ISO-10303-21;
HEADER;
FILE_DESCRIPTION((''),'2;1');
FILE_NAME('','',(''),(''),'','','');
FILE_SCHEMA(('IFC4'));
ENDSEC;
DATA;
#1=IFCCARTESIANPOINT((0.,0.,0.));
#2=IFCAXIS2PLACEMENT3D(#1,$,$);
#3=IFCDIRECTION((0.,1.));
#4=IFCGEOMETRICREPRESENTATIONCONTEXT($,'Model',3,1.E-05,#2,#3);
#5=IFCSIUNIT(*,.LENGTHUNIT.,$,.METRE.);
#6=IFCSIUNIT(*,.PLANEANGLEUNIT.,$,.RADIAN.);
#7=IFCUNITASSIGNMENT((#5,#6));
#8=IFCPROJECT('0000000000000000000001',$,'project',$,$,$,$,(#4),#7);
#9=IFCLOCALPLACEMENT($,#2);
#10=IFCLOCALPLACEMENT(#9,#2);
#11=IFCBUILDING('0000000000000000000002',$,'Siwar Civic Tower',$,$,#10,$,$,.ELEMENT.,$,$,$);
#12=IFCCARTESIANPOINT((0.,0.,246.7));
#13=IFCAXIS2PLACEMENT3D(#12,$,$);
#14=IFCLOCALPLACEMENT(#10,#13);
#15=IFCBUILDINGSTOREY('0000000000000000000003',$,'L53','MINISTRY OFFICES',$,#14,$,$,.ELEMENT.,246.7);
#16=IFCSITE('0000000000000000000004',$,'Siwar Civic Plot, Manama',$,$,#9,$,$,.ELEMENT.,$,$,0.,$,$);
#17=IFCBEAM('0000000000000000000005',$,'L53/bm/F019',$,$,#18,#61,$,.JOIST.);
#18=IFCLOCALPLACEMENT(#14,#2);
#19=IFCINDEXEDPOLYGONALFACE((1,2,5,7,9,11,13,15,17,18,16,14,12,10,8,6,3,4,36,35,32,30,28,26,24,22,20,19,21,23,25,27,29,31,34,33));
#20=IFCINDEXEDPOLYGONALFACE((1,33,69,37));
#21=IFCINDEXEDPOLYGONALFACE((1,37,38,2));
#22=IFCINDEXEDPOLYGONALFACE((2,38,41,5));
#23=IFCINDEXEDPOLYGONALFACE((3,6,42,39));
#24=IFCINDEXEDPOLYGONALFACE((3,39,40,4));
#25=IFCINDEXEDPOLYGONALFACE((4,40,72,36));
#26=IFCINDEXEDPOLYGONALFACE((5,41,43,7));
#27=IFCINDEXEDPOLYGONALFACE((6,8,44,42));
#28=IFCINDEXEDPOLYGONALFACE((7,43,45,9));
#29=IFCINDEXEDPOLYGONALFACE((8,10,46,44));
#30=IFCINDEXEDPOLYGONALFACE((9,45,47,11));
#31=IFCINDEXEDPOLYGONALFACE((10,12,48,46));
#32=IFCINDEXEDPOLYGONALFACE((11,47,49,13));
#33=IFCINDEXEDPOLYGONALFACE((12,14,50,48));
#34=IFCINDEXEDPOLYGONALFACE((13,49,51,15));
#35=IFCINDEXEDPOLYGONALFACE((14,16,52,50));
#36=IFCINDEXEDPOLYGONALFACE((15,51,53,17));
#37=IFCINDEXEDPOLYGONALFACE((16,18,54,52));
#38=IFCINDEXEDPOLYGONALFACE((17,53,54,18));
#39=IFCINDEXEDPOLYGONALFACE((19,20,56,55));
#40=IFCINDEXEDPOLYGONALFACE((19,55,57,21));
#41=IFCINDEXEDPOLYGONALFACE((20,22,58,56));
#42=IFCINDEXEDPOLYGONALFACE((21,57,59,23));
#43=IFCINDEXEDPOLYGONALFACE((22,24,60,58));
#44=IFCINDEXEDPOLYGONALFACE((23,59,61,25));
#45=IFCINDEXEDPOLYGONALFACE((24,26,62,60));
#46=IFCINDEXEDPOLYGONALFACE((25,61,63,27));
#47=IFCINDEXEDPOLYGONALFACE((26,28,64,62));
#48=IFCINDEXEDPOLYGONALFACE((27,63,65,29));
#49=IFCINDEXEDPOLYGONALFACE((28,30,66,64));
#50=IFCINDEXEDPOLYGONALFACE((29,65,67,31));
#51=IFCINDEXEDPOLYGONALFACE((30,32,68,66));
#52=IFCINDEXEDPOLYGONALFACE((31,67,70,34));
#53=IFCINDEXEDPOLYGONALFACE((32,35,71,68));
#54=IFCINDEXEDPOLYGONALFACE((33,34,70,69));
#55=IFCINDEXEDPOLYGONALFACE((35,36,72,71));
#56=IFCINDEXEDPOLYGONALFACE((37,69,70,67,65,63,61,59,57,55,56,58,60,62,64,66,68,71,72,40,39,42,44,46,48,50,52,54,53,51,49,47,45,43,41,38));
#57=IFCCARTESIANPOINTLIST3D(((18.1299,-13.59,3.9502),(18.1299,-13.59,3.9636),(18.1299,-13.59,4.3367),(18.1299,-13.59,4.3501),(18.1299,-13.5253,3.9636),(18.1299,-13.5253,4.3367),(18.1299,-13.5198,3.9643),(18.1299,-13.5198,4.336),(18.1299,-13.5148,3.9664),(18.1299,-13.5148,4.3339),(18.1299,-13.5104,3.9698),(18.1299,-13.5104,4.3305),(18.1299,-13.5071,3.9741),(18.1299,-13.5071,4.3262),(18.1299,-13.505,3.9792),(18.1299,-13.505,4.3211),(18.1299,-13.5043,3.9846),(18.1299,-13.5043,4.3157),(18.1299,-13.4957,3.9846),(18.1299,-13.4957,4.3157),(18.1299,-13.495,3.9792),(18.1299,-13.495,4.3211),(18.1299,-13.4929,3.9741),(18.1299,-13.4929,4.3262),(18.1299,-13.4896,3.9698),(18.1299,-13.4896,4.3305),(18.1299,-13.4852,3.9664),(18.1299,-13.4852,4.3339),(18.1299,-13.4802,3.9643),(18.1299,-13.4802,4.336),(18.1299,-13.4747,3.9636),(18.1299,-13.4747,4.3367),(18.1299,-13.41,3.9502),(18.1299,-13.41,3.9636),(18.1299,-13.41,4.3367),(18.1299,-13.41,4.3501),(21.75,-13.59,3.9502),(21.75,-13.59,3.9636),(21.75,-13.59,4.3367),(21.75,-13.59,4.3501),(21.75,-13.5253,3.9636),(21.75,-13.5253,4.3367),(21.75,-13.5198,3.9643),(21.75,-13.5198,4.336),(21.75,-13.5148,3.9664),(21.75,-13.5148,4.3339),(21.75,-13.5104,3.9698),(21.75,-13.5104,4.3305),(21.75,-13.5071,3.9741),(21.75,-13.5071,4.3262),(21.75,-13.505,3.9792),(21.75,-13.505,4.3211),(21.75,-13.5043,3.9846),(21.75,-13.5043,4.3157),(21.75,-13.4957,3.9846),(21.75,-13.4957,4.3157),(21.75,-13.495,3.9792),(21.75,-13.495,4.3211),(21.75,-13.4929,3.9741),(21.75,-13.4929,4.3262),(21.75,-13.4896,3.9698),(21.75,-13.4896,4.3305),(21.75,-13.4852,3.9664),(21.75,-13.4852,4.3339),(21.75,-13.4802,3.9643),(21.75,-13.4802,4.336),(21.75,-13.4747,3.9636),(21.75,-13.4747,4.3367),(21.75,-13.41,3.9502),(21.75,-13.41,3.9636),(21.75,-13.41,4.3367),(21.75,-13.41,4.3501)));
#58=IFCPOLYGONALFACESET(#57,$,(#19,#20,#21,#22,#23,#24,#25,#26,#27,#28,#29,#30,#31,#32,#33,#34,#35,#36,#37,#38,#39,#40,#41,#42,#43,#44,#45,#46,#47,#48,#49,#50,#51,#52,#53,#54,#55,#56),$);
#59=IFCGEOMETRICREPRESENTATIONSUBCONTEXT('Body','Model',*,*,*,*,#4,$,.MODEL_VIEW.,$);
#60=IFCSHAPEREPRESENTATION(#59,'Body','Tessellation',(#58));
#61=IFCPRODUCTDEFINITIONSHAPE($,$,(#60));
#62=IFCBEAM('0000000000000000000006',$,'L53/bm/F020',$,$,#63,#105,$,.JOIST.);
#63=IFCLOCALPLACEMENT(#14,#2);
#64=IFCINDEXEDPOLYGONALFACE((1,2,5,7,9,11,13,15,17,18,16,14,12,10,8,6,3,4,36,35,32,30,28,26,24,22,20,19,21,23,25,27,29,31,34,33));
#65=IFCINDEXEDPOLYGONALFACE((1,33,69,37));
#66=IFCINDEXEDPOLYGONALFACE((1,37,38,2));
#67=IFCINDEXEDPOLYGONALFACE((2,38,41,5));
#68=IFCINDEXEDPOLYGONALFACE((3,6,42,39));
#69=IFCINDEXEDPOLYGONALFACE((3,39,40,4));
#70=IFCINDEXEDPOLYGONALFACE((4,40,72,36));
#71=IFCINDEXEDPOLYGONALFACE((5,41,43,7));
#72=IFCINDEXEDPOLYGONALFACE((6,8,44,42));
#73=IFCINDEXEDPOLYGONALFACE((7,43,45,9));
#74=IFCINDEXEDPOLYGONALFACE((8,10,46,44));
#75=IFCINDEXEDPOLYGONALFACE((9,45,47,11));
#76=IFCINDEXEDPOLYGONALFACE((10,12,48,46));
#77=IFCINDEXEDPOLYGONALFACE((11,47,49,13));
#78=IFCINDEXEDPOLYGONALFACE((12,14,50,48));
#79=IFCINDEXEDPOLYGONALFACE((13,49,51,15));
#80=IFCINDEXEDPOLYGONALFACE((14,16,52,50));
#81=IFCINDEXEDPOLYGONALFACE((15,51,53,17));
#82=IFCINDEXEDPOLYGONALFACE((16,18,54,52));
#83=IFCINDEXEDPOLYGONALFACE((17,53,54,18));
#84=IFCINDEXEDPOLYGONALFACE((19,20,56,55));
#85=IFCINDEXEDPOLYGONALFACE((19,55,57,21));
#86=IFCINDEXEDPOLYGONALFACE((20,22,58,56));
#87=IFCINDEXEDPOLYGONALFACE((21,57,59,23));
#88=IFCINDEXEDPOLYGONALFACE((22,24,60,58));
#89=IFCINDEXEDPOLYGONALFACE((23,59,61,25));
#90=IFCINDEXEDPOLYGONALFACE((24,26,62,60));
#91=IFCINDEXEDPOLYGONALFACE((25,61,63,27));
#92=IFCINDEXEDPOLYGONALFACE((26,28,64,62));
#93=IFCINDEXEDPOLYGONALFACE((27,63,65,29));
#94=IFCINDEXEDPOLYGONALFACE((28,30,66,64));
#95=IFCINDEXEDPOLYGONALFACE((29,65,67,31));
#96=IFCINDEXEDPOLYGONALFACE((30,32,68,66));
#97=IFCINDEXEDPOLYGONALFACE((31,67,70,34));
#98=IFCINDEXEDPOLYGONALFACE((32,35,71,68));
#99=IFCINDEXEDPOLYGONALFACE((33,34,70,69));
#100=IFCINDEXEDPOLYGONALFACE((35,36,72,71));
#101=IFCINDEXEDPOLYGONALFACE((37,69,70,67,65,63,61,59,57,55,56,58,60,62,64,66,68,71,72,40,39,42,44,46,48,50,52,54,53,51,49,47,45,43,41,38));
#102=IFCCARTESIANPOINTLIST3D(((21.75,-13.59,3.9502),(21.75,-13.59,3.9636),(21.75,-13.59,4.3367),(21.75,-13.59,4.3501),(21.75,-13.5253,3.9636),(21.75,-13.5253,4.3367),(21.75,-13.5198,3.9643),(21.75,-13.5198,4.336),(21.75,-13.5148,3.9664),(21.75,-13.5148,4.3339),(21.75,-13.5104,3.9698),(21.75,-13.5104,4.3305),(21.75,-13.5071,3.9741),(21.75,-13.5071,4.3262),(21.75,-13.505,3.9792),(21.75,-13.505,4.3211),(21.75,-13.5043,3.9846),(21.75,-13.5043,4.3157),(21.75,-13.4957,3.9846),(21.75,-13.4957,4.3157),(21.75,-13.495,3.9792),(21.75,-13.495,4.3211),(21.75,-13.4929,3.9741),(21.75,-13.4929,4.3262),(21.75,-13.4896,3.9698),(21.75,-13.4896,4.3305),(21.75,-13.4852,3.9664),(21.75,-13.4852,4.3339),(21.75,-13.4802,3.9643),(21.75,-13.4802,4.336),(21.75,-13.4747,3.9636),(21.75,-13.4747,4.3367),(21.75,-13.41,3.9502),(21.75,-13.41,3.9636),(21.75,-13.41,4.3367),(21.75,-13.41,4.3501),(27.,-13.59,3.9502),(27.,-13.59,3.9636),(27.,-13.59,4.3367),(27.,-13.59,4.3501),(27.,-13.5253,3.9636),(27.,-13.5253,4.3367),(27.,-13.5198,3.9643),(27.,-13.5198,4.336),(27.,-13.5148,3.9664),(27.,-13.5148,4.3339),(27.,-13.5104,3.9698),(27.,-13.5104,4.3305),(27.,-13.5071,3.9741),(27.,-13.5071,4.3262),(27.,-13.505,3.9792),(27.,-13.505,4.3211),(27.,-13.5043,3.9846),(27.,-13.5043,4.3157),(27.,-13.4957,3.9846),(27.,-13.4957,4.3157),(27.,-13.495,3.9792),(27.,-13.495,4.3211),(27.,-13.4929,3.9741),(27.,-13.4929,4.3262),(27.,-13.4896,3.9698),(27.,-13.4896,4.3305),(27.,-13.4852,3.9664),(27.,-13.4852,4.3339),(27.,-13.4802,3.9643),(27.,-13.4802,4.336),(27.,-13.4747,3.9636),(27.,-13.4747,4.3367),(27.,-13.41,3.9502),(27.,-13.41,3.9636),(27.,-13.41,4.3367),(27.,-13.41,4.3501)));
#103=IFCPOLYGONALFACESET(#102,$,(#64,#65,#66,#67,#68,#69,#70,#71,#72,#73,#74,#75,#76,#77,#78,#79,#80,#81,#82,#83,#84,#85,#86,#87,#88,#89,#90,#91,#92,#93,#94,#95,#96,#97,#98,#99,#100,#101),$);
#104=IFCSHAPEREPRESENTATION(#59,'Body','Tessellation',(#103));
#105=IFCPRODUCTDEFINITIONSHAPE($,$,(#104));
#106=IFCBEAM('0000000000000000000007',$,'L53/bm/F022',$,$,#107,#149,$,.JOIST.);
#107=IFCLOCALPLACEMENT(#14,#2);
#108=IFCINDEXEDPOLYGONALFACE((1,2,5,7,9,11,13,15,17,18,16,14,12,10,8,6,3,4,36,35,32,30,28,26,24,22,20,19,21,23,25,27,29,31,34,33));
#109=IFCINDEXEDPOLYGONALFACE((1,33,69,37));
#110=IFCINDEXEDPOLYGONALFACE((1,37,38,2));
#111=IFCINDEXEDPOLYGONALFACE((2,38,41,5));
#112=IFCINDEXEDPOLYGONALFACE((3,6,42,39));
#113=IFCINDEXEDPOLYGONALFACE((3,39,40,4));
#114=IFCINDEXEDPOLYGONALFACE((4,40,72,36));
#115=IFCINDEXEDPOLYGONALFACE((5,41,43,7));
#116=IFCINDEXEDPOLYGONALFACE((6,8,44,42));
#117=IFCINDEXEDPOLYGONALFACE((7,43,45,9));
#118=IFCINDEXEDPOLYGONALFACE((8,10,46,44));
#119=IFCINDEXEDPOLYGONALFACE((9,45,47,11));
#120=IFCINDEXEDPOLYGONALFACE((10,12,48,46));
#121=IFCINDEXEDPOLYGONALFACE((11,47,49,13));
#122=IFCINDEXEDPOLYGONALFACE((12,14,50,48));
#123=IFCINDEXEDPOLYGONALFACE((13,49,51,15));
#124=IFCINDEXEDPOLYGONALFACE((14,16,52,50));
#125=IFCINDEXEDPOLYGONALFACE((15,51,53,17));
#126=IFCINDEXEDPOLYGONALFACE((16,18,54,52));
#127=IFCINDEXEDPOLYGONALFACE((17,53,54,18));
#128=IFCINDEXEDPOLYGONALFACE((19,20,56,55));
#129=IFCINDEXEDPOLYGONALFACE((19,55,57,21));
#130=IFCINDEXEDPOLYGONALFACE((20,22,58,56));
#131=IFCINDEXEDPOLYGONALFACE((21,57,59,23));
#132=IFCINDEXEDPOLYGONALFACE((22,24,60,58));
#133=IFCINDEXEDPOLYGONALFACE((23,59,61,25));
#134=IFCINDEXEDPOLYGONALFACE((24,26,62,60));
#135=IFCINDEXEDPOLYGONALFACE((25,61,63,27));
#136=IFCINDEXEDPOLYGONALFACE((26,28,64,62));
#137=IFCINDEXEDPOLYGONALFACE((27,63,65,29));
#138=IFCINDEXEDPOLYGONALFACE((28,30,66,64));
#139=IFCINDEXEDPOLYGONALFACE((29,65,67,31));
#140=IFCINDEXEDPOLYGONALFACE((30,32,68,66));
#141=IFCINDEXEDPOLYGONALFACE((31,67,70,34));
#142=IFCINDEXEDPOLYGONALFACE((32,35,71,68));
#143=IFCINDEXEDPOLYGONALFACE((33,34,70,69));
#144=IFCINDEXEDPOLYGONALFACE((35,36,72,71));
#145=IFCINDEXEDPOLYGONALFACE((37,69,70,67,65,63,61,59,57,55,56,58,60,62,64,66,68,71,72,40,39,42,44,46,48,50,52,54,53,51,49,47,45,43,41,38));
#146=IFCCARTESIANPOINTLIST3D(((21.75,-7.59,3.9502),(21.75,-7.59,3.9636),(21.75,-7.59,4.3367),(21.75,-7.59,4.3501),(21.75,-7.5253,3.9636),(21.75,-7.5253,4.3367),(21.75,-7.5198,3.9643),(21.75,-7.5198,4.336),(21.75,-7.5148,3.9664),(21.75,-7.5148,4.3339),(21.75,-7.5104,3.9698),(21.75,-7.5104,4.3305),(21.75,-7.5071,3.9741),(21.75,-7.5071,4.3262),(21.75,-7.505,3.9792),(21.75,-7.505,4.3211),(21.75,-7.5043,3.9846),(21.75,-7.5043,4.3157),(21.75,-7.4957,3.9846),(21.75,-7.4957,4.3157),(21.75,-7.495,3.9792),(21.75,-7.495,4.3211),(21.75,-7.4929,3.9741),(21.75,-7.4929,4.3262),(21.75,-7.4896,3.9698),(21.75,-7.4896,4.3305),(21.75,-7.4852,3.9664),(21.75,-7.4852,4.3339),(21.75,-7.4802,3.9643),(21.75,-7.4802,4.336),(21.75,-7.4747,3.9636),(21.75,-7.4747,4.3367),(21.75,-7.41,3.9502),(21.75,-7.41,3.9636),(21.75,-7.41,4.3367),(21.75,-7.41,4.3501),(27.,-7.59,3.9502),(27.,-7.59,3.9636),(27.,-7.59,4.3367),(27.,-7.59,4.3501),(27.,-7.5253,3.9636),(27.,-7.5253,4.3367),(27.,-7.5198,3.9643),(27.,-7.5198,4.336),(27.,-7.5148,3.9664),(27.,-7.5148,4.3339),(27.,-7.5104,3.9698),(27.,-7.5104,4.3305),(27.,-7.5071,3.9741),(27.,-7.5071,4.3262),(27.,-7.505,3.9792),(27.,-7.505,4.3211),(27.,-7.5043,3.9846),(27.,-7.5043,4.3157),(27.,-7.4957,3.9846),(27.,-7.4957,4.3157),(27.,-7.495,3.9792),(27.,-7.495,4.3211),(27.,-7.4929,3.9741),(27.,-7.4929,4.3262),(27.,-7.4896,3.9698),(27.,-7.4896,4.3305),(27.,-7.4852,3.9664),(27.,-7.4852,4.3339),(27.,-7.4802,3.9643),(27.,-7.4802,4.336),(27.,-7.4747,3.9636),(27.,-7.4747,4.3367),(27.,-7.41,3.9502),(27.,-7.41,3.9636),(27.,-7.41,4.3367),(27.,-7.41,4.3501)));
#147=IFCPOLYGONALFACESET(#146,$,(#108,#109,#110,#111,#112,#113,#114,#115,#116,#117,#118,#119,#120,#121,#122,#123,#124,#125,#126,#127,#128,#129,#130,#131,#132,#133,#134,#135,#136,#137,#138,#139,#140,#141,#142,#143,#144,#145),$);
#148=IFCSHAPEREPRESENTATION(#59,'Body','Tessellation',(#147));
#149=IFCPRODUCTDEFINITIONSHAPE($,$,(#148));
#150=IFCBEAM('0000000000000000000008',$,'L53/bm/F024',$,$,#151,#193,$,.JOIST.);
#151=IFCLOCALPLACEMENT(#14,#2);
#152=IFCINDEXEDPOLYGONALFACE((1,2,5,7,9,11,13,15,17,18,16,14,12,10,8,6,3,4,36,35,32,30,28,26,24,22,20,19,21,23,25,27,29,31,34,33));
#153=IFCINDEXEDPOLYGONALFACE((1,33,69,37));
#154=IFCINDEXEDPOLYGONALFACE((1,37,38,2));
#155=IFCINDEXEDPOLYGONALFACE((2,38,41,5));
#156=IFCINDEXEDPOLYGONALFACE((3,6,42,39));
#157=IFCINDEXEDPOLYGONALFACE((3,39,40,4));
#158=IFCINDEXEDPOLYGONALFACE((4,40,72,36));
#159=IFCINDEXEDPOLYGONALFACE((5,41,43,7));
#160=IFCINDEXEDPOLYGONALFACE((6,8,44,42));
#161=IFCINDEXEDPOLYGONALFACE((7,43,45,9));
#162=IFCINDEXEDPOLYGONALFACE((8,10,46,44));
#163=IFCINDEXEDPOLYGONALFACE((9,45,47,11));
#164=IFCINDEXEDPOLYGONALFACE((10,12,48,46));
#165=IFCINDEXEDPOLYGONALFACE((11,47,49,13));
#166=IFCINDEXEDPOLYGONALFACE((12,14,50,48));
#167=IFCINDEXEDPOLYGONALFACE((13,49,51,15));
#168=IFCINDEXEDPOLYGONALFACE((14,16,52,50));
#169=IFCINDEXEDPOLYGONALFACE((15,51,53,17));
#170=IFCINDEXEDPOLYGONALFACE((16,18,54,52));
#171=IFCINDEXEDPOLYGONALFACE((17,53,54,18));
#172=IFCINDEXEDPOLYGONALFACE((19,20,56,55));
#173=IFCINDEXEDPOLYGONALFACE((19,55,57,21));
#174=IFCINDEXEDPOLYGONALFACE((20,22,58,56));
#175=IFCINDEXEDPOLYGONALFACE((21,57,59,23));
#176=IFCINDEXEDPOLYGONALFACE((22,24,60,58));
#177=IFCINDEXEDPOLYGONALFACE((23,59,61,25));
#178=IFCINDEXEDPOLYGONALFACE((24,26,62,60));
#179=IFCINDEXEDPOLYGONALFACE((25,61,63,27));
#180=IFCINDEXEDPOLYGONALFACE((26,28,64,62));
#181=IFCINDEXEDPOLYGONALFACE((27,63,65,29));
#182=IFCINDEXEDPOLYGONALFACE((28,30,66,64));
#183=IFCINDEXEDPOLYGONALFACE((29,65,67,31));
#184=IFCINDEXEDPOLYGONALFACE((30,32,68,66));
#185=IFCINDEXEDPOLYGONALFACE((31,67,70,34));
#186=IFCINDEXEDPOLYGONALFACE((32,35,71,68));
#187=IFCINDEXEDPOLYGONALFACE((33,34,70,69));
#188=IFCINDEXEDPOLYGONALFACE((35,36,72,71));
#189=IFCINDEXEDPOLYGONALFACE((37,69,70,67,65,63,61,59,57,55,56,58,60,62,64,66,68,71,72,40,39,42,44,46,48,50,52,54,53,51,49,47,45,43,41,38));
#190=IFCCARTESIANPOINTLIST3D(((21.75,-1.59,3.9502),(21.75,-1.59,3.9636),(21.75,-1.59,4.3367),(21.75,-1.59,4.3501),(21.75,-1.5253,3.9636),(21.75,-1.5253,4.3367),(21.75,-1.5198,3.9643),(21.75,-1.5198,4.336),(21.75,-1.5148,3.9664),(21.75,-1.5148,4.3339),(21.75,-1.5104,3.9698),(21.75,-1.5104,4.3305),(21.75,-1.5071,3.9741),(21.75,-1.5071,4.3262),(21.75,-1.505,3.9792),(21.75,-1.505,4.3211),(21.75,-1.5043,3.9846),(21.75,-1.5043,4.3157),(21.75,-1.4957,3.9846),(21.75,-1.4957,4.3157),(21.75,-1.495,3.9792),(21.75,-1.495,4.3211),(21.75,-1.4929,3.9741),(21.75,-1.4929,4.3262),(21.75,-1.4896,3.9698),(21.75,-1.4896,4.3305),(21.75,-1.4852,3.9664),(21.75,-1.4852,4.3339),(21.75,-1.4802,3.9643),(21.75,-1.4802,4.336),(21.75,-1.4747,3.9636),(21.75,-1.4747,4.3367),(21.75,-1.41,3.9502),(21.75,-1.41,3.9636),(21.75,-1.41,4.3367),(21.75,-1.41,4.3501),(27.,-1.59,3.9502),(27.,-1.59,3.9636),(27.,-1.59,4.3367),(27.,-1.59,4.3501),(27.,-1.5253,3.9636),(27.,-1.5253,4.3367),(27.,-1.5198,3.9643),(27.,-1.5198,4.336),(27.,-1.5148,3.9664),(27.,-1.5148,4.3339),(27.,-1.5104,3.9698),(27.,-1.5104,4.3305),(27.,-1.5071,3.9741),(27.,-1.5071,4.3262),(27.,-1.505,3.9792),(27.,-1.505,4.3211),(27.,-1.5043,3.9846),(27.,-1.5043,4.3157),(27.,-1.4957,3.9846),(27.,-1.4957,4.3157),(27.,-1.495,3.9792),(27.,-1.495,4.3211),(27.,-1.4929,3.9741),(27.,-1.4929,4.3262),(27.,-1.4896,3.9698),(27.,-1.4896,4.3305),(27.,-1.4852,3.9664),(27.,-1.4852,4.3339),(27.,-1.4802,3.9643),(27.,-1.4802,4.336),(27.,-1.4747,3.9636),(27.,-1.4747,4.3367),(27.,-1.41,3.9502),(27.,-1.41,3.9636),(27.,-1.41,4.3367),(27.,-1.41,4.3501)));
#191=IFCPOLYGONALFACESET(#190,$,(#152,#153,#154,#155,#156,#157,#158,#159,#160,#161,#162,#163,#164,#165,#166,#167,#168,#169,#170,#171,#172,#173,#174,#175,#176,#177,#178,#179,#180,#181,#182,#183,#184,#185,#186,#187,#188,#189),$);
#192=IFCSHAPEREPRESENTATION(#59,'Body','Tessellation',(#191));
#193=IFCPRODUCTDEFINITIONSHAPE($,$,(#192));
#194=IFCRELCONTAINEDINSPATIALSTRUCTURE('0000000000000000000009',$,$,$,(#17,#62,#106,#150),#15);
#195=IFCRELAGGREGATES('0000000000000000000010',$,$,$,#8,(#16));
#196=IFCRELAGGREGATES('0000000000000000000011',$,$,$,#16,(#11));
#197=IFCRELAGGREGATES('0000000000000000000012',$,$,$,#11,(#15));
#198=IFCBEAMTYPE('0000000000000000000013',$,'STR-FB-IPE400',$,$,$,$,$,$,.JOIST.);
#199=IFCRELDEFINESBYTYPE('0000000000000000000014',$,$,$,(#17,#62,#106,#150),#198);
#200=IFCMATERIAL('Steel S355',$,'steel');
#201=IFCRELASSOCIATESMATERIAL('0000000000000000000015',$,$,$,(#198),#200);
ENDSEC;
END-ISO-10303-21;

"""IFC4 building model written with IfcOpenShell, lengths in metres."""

from ifc_helpers import new_model, si_unit, direction, frame, origin, origin_2d, place, context, subcontext, project, spatial, i_section, extrude, material, material_profile, profile_set, type_object, element, save


model = new_model("IFC4")

# Units and contexts
model_context = context("Model", 3, precision=1e-05, world=origin(), true_north=direction((0.0, 1.0)))
body_context = subcontext(model_context, "Body", "Model", "MODEL_VIEW")
ifc_project = project(units=[si_unit("LENGTHUNIT", "METRE"), si_unit("PLANEANGLEUNIT", "RADIAN")], contexts=[model_context])

# Site, building, storey
site_placement = place(None, origin())
site = spatial("IfcSite", under=ifc_project, at=site_placement, Name="Siwar Civic Plot, Manama", CompositionType="ELEMENT", RefElevation=0.0)
building_placement = place(site_placement, origin())
building = spatial("IfcBuilding", under=site, at=building_placement, Name="Siwar Civic Tower", CompositionType="ELEMENT")
storey_placement = place(building_placement, frame((0.0, 0.0, 246.7)))
storey = spatial("IfcBuildingStorey", under=building, at=storey_placement, Name="L53", Description="MINISTRY OFFICES", CompositionType="ELEMENT", Elevation=246.7)

# Beams
ifc_material_1 = material(Name="Steel S355", Category="steel")
ifc_material_profile_1 = material_profile(ifc_material_1, i_section(OverallWidth=0.1799, OverallDepth=0.3999, WebThickness=0.0085, FlangeThickness=0.0134, FilletRadius=0.021, at=origin_2d()), Name="IPE400")
ifc_profile_set_1 = profile_set([ifc_material_profile_1], Name="Steel S355")
beam_type_1 = type_object("IfcBeamType", Name="STR-FB-IPE400", PredefinedType="JOIST", material=ifc_profile_set_1)
beam_placement = place(storey_placement, frame((18.1299, -13.5, 4.1501), z_axis=(1.0, 0.0, 0.0), x_axis=(0.0, 1.0, 0.0)))
element("IfcBeam", 1, at=beam_placement, inside=storey, type_object=beam_type_1, Name="L53/bm/F019", PredefinedType="JOIST", context=body_context, shape_type="SweptSolid", body=[
    extrude(i_section(OverallWidth=0.1799, OverallDepth=0.3999, WebThickness=0.0085, FlangeThickness=0.0134, FilletRadius=0.021, at=origin_2d()), origin(), (0.0, 0.0, 1.0), 3.6201),
])
for number, where, z_axis, x_axis, name in (
    (2, (21.75, -13.5, 4.1501), (1.0, 0.0, 0.0), (0.0, 1.0, 0.0), "L53/bm/F020"),
    (3, (21.75, -7.5, 4.1501), (1.0, 0.0, 0.0), (0.0, 1.0, 0.0), "L53/bm/F022"),
    (4, (21.75, -1.5, 4.1501), (1.0, 0.0, 0.0), (0.0, 1.0, 0.0), "L53/bm/F024"),
):
    element("IfcBeam", number, at=place(storey_placement, frame(where, z_axis=z_axis, x_axis=x_axis)), inside=storey, type_object=beam_type_1, Name=name, PredefinedType="JOIST", context=body_context, shape_type="SweptSolid", body=[
        extrude(i_section(OverallWidth=0.1799, OverallDepth=0.3999, WebThickness=0.0085, FlangeThickness=0.0134, FilletRadius=0.021, at=origin_2d()), origin(), (0.0, 0.0, 1.0), 5.25),
    ])

save(model, "model.ifc")
